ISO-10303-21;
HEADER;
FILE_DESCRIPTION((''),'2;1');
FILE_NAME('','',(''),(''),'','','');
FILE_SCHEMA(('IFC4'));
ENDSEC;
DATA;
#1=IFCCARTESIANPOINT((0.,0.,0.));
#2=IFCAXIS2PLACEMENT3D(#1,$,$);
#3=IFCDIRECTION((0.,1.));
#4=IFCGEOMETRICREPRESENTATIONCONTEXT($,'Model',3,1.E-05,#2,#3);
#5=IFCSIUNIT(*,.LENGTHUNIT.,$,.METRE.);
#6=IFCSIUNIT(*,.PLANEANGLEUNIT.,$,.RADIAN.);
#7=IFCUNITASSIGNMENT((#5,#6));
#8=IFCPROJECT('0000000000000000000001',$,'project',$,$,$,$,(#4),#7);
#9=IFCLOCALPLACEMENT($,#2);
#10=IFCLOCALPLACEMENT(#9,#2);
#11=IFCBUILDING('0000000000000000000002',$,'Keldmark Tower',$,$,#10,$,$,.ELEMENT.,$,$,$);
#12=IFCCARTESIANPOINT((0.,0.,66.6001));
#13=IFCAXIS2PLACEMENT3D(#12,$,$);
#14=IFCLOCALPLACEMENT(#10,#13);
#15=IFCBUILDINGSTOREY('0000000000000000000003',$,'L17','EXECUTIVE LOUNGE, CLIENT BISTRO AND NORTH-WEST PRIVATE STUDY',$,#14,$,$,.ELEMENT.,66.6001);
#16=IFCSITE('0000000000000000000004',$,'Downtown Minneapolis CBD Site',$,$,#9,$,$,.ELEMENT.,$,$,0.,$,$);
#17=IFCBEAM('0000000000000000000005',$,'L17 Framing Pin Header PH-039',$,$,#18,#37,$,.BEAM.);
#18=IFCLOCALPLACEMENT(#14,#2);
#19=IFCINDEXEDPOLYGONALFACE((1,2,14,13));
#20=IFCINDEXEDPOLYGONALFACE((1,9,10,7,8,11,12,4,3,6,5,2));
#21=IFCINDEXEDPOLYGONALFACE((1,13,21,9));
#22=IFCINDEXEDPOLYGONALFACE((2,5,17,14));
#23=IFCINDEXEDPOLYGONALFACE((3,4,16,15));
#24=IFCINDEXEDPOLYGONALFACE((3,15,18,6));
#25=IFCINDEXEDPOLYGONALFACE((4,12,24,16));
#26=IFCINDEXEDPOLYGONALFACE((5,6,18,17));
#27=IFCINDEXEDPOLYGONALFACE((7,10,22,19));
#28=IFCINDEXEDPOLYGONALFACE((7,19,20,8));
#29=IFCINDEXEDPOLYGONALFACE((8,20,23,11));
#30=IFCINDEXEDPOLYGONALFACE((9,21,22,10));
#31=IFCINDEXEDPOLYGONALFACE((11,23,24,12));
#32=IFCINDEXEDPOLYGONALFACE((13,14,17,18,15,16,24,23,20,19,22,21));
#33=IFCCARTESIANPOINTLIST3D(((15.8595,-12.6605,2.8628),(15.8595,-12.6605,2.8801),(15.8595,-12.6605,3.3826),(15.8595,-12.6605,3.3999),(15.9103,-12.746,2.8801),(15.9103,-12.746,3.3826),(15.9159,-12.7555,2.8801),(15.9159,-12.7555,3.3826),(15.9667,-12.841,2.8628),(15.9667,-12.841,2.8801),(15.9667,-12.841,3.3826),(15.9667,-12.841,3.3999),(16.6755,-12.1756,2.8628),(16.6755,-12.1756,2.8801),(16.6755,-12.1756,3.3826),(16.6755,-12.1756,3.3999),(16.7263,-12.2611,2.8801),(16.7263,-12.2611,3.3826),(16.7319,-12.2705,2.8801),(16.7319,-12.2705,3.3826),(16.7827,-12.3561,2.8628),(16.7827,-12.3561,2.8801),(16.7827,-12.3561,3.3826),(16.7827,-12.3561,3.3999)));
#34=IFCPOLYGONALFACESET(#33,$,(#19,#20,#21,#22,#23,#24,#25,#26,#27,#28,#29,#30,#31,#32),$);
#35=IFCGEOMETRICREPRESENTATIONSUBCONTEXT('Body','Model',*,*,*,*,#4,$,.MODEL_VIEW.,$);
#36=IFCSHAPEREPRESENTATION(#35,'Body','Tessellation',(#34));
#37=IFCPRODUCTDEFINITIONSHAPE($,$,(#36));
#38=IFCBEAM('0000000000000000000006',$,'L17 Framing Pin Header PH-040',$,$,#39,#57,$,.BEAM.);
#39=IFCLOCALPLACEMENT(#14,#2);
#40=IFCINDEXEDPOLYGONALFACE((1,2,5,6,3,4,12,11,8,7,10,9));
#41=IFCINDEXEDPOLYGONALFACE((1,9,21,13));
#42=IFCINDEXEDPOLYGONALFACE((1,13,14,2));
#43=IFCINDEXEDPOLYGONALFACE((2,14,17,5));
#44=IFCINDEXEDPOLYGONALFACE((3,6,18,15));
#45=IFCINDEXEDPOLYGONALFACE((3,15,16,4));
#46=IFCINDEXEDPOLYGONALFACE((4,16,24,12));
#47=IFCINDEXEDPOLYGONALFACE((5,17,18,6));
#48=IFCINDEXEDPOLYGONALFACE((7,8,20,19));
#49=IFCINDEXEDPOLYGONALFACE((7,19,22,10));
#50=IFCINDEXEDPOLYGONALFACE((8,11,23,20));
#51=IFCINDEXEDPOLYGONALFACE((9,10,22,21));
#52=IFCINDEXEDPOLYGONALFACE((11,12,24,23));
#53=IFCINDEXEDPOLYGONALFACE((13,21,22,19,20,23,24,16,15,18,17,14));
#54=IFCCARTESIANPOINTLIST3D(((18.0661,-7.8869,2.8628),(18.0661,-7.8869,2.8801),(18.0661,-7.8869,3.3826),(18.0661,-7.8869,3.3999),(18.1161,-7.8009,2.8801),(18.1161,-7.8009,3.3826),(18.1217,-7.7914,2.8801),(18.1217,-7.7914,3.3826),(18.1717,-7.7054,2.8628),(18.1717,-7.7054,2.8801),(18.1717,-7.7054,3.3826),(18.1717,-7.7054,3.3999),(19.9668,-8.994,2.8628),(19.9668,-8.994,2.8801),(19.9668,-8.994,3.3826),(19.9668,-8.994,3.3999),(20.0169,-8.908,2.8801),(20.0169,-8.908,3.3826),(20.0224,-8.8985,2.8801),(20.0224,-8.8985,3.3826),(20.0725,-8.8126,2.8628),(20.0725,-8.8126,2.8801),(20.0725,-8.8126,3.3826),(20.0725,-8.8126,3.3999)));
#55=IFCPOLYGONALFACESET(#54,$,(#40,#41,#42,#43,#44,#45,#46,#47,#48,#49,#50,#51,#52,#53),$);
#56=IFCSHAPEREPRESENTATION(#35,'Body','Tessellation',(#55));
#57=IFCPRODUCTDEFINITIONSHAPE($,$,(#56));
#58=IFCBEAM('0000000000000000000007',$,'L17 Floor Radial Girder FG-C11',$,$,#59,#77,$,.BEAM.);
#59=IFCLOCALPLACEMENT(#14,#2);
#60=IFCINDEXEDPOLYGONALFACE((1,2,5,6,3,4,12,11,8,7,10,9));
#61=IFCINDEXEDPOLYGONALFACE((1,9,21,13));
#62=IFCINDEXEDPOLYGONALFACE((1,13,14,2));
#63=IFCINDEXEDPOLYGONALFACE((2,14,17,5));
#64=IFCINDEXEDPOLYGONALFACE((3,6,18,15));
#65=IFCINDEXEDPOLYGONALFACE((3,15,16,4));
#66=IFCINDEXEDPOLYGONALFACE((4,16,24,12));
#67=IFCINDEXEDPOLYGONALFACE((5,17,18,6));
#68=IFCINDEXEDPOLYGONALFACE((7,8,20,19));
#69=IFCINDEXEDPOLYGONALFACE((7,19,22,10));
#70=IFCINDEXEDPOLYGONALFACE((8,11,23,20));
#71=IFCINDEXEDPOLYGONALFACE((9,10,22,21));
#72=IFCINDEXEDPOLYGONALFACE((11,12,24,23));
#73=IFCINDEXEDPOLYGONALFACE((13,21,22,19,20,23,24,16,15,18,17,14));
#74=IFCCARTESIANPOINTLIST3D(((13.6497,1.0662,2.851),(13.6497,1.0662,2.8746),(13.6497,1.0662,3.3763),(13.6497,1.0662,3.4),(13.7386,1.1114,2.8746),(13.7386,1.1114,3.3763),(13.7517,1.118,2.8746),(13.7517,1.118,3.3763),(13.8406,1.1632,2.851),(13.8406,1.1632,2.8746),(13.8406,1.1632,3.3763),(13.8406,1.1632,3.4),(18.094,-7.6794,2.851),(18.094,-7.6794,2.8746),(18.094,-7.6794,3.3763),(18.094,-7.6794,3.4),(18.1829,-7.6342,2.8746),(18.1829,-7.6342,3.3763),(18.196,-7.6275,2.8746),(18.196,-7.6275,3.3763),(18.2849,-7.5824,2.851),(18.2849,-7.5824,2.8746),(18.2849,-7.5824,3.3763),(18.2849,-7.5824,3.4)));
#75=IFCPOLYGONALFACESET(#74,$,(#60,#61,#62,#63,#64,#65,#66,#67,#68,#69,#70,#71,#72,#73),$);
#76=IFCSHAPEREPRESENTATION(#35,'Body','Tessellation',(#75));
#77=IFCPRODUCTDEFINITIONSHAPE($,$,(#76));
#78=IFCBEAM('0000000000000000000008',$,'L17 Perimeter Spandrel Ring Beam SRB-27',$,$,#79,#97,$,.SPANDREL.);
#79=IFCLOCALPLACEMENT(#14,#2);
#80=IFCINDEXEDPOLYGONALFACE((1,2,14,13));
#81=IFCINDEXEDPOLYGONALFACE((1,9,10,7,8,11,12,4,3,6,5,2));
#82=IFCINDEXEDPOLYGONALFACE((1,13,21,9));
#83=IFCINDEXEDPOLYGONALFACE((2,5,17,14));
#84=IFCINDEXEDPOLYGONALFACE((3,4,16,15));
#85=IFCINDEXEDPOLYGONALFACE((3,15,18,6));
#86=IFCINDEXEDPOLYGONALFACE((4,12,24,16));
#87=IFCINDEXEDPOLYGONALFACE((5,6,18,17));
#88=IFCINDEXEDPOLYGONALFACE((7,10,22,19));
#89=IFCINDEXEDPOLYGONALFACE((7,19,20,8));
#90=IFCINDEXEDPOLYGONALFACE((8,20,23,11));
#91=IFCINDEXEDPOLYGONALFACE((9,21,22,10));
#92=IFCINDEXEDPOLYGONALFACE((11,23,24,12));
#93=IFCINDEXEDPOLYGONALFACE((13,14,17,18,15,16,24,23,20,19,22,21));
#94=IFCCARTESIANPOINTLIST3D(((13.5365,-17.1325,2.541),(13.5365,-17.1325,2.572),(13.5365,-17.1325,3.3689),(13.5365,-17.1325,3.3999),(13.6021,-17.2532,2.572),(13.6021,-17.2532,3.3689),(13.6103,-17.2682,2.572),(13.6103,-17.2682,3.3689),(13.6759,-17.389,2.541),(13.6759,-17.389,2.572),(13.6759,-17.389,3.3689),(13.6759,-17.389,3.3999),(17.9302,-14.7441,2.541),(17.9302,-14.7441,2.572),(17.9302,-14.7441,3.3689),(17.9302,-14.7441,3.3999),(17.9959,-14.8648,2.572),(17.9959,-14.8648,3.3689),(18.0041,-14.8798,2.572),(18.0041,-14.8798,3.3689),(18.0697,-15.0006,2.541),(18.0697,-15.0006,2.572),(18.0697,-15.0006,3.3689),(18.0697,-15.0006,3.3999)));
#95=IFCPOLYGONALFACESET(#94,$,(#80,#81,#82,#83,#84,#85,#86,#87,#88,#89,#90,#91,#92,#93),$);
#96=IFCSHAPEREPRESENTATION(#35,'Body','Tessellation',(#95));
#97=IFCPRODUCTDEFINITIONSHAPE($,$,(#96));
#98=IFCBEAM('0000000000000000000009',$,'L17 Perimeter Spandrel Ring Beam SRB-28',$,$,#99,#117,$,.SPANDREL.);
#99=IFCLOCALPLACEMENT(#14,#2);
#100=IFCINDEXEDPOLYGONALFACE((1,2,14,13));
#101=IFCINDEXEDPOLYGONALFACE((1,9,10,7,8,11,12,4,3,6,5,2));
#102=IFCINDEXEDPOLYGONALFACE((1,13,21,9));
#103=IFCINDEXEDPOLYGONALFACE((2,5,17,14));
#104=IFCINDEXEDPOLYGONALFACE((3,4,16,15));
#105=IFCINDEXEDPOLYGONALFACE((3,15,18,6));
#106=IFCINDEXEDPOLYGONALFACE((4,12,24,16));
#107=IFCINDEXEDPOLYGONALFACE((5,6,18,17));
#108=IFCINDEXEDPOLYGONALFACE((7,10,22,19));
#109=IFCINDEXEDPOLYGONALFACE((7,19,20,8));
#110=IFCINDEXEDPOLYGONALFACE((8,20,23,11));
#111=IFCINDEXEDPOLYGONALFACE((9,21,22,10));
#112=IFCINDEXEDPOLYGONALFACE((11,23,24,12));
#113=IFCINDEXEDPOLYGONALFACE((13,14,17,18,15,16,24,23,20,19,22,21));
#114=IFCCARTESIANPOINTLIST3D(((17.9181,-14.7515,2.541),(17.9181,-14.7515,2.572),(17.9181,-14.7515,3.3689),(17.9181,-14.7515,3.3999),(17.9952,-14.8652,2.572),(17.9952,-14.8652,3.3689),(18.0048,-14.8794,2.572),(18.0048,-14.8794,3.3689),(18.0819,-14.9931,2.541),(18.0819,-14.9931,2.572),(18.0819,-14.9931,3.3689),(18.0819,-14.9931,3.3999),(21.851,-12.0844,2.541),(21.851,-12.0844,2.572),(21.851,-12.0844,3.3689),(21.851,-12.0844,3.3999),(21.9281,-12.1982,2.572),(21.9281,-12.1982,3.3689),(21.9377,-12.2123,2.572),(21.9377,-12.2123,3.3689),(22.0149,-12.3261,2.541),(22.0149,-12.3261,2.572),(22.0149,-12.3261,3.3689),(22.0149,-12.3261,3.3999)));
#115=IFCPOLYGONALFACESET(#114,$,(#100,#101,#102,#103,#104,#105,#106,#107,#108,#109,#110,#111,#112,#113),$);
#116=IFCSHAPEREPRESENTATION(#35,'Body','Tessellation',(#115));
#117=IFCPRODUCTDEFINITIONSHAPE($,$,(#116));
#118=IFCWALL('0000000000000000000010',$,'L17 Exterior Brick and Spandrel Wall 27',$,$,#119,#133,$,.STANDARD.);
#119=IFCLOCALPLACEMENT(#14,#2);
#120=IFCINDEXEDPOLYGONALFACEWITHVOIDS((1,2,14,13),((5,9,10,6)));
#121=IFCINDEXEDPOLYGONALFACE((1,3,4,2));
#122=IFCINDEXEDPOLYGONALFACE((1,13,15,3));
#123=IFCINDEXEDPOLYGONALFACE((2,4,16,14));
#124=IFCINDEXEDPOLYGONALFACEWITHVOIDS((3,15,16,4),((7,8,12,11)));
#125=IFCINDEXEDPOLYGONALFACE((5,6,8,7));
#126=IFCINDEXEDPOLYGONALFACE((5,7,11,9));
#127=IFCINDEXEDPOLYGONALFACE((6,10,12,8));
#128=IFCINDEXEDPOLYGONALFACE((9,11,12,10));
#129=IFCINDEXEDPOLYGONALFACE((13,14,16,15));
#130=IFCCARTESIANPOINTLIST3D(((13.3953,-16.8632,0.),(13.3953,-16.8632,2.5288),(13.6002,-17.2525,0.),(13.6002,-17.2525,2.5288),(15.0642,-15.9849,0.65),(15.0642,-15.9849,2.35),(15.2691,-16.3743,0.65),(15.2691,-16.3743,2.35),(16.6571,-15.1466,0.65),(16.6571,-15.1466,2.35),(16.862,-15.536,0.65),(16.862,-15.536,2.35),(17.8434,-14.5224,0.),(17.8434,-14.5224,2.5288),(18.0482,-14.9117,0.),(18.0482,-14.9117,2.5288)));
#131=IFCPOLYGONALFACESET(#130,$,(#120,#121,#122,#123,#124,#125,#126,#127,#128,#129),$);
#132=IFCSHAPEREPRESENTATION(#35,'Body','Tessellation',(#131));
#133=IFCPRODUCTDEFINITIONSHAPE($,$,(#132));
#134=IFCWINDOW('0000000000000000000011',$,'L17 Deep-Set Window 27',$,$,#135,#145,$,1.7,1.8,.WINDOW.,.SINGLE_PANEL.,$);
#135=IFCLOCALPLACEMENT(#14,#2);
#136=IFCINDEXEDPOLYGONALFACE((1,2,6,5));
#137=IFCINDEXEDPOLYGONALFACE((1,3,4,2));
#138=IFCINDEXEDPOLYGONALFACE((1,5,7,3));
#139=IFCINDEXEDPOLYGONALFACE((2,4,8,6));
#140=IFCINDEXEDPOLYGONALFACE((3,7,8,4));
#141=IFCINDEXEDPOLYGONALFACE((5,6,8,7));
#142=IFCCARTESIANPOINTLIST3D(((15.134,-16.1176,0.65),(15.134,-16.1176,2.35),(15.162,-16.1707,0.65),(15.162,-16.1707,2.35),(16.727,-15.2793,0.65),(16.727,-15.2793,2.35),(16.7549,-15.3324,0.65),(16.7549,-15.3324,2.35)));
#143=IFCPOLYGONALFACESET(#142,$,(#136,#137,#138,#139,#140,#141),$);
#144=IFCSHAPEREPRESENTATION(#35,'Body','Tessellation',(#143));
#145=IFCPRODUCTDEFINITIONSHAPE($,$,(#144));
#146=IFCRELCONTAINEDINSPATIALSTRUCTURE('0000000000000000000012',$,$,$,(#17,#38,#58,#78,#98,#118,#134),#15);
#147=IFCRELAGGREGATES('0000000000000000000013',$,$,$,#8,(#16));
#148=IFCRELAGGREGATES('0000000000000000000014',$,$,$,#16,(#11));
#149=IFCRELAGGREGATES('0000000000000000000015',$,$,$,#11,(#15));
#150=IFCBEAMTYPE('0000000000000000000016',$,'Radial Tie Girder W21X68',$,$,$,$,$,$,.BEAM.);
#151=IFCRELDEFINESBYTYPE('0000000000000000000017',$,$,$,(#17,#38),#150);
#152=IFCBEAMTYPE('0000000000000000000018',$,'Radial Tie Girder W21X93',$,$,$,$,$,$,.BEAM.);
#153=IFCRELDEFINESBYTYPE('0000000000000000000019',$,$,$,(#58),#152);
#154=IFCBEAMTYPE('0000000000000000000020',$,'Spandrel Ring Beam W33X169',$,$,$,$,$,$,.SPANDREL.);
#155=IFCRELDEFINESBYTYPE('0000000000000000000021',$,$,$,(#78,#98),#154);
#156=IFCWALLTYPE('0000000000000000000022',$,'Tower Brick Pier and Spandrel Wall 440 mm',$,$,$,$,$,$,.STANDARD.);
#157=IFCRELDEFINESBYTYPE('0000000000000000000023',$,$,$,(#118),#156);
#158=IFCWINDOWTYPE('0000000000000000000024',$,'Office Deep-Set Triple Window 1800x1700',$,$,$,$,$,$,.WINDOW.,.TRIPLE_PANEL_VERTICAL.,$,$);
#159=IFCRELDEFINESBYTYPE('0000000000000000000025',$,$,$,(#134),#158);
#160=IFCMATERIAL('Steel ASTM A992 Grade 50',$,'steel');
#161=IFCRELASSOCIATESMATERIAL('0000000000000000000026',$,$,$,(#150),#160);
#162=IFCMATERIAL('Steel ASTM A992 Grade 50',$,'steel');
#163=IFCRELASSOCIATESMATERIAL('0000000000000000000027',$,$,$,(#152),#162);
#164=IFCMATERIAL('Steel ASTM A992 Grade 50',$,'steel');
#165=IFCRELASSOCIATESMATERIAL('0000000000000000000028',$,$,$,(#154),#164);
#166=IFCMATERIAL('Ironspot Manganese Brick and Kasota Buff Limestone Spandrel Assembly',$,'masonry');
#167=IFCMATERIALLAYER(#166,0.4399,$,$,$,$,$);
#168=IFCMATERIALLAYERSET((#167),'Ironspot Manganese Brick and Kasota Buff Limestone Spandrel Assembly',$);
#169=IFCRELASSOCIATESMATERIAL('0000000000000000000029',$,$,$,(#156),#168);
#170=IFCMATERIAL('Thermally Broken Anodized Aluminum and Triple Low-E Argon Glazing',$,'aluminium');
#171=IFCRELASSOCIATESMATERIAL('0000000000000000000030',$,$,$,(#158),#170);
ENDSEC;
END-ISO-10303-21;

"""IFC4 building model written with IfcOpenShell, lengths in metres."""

from ifc_helpers import new_model, si_unit, direction, frame, frame_2d, origin, origin_2d, place, context, subcontext, project, spatial, rectangle, i_section, extrude, material, layer, layer_set, material_profile, profile_set, type_object, element, fill, save


model = new_model("IFC4")

# Units and contexts
model_context = context("Model", 3, precision=1e-05, world=origin(), true_north=direction((0.0, 1.0)))
body_context = subcontext(model_context, "Body", "Model", "MODEL_VIEW")
ifc_project = project(units=[si_unit("LENGTHUNIT", "METRE"), si_unit("PLANEANGLEUNIT", "RADIAN")], contexts=[model_context])

# Site, building, storey
site_placement = place(None, origin())
site = spatial("IfcSite", under=ifc_project, at=site_placement, Name="Downtown Minneapolis CBD Site", CompositionType="ELEMENT", RefElevation=0.0)
building_placement = place(site_placement, origin())
building = spatial("IfcBuilding", under=site, at=building_placement, Name="Keldmark Tower", CompositionType="ELEMENT")
storey_placement = place(building_placement, frame((0.0, 0.0, 66.6001)))
storey = spatial("IfcBuildingStorey", under=building, at=storey_placement, Name="L17", Description="EXECUTIVE LOUNGE, CLIENT BISTRO AND NORTH-WEST PRIVATE STUDY", CompositionType="ELEMENT", Elevation=66.6001)

# Beams
ifc_material_1 = material(Name="Steel ASTM A992 Grade 50", Category="steel")
ifc_material_profile_1 = material_profile(ifc_material_1, i_section(OverallWidth=0.21, OverallDepth=0.5371, WebThickness=0.011, FlangeThickness=0.0173, at=origin_2d()), Name="W21X68")
ifc_profile_set_1 = profile_set([ifc_material_profile_1], Name="Steel ASTM A992 Grade 50")
beam_type_1 = type_object("IfcBeamType", Name="Radial Tie Girder W21X68", PredefinedType="BEAM", material=ifc_profile_set_1)
beam_1_placement = place(storey_placement, frame((15.9131, -12.7507, 3.1313), z_axis=(0.859664, 0.51086, 0.0), x_axis=(-0.51086, 0.859664, 0.0)))
element("IfcBeam", 1, at=beam_1_placement, inside=storey, type_object=beam_type_1, Name="L17 Framing Pin Header PH-039", PredefinedType="BEAM", context=body_context, shape_type="SweptSolid", body=[
    extrude(i_section(OverallWidth=0.21, OverallDepth=0.5371, WebThickness=0.011, FlangeThickness=0.0173, at=origin_2d()), origin(), (0.0, 0.0, 1.0), 0.9492),
])
beam_2_placement = place(storey_placement, frame((18.1189, -7.7961, 3.1313), z_axis=(0.864109, -0.503305, 0.0), x_axis=(0.503305, 0.864109, 0.0)))
element("IfcBeam", 2, at=beam_2_placement, inside=storey, type_object=beam_type_1, Name="L17 Framing Pin Header PH-040", PredefinedType="BEAM", context=body_context, shape_type="SweptSolid", body=[
    extrude(i_section(OverallWidth=0.21, OverallDepth=0.5371, WebThickness=0.011, FlangeThickness=0.0173, at=origin_2d()), origin(), (0.0, 0.0, 1.0), 2.1997),
])
ifc_material_2 = material(Name="Steel ASTM A992 Grade 50", Category="steel")
ifc_material_profile_2 = material_profile(ifc_material_2, i_section(OverallWidth=0.2141, OverallDepth=0.5491, WebThickness=0.0146, FlangeThickness=0.0237, at=origin_2d()), Name="W21X93")
ifc_profile_set_2 = profile_set([ifc_material_profile_2], Name="Steel ASTM A992 Grade 50")
beam_type_2 = type_object("IfcBeamType", Name="Radial Tie Girder W21X93", PredefinedType="BEAM", material=ifc_profile_set_2)
beam_3_placement = place(storey_placement, frame((18.1895, -7.6309, 3.1255), z_axis=(-0.453038, 0.891491, 0.0), x_axis=(-0.891491, -0.453038, 0.0)))
element("IfcBeam", 3, at=beam_3_placement, inside=storey, type_object=beam_type_2, Name="L17 Floor Radial Girder FG-C11", PredefinedType="BEAM", context=body_context, shape_type="SweptSolid", body=[
    extrude(i_section(OverallWidth=0.2141, OverallDepth=0.5491, WebThickness=0.0146, FlangeThickness=0.0237, at=origin_2d()), origin(), (0.0, 0.0, 1.0), 9.8101),
])
ifc_material_3 = material(Name="Steel ASTM A992 Grade 50", Category="steel")
ifc_material_profile_3 = material_profile(ifc_material_3, i_section(OverallWidth=0.292, OverallDepth=0.8589, WebThickness=0.0171, FlangeThickness=0.031, at=origin_2d()), Name="W33X169")
ifc_profile_set_3 = profile_set([ifc_material_profile_3], Name="Steel ASTM A992 Grade 50")
beam_type_3 = type_object("IfcBeamType", Name="Spandrel Ring Beam W33X169", PredefinedType="SPANDREL", material=ifc_profile_set_3)
beam_4_placement = place(storey_placement, frame((13.6062, -17.2607, 2.9705), z_axis=(0.878583, 0.47759, 0.0), x_axis=(-0.47759, 0.878583, 0.0)))
element("IfcBeam", 4, at=beam_4_placement, inside=storey, type_object=beam_type_3, Name="L17 Perimeter Spandrel Ring Beam SRB-27", PredefinedType="SPANDREL", context=body_context, shape_type="SweptSolid", body=[
    extrude(i_section(OverallWidth=0.292, OverallDepth=0.8589, WebThickness=0.0171, FlangeThickness=0.031, at=origin_2d()), origin(), (0.0, 0.0, 1.0), 5.001),
])
beam_5_placement = place(storey_placement, frame((18.0, -14.8723, 2.9705), z_axis=(0.827645, 0.561251, 0.0), x_axis=(-0.561251, 0.827645, 0.0)))
element("IfcBeam", 5, at=beam_5_placement, inside=storey, type_object=beam_type_3, Name="L17 Perimeter Spandrel Ring Beam SRB-28", PredefinedType="SPANDREL", context=body_context, shape_type="SweptSolid", body=[
    extrude(i_section(OverallWidth=0.292, OverallDepth=0.8589, WebThickness=0.0171, FlangeThickness=0.031, at=origin_2d()), origin(), (0.0, 0.0, 1.0), 4.752),
])

# Wall, opening, window
ifc_material_4 = material(Name="Ironspot Manganese Brick and Kasota Buff Limestone Spandrel Assembly", Category="masonry")
ifc_layer = layer(ifc_material_4, 0.4399)
ifc_layer_set = layer_set([ifc_layer], Name="Ironspot Manganese Brick and Kasota Buff Limestone Spandrel Assembly")
wall_type = type_object("IfcWallType", Name="Tower Brick Pier and Spandrel Wall 440 mm", PredefinedType="STANDARD", material=ifc_layer_set)
wall_placement = place(storey_placement, frame((17.9458, -14.717, 0.0), z_axis=(0.0, 0.0, 1.0), x_axis=(-0.884937, -0.46571, 0.0)))
wall = element("IfcWall", 6, at=wall_placement, inside=storey, type_object=wall_type, Name="L17 Exterior Brick and Spandrel Wall 27", PredefinedType="STANDARD", context=body_context, shape_type="SweptSolid", body=[
    extrude(rectangle(XDim=5.0264, YDim=0.4399, at=frame_2d((2.5132, 0.0))), origin(), (0.0, 0.0, 1.0), 2.5288),
])
opening_placement = place(wall_placement, frame((1.3406, 0.0, 0.6499)))
opening = element("IfcOpeningElement", 7, at=opening_placement, cuts=wall, PredefinedType="OPENING", context=body_context, shape_type="SweptSolid", body=[
    extrude(rectangle(XDim=1.8, YDim=1.7, at=frame_2d((0.8999, 0.8501))), frame((0.0, 0.23, 0.0), z_axis=(0.0, -1.0, 0.0), x_axis=(1.0, 0.0, 0.0)), (0.0, 0.0, 1.0), 0.46),
])
ifc_material_5 = material(Name="Thermally Broken Anodized Aluminum and Triple Low-E Argon Glazing", Category="aluminium")
window_type = type_object("IfcWindowType", Name="Office Deep-Set Triple Window 1800x1700", PartitioningType="TRIPLE_PANEL_VERTICAL", PredefinedType="WINDOW", material=ifc_material_5)
window_placement = place(opening_placement, origin())
window = element("IfcWindow", 8, at=window_placement, inside=storey, type_object=window_type, Name="L17 Deep-Set Window 27", OverallHeight=1.7, OverallWidth=1.8, PartitioningType="SINGLE_PANEL", PredefinedType="WINDOW", context=body_context, shape_type="SweptSolid", body=[
    extrude(rectangle(XDim=1.8, YDim=1.7, at=frame_2d((0.8999, 0.8501))), frame((0.0, -0.01, 0.0), z_axis=(0.0, -1.0, 0.0), x_axis=(1.0, 0.0, 0.0)), (0.0, 0.0, 1.0), 0.0601),
])
fill(opening, window)

save(model, "model.ifc")
